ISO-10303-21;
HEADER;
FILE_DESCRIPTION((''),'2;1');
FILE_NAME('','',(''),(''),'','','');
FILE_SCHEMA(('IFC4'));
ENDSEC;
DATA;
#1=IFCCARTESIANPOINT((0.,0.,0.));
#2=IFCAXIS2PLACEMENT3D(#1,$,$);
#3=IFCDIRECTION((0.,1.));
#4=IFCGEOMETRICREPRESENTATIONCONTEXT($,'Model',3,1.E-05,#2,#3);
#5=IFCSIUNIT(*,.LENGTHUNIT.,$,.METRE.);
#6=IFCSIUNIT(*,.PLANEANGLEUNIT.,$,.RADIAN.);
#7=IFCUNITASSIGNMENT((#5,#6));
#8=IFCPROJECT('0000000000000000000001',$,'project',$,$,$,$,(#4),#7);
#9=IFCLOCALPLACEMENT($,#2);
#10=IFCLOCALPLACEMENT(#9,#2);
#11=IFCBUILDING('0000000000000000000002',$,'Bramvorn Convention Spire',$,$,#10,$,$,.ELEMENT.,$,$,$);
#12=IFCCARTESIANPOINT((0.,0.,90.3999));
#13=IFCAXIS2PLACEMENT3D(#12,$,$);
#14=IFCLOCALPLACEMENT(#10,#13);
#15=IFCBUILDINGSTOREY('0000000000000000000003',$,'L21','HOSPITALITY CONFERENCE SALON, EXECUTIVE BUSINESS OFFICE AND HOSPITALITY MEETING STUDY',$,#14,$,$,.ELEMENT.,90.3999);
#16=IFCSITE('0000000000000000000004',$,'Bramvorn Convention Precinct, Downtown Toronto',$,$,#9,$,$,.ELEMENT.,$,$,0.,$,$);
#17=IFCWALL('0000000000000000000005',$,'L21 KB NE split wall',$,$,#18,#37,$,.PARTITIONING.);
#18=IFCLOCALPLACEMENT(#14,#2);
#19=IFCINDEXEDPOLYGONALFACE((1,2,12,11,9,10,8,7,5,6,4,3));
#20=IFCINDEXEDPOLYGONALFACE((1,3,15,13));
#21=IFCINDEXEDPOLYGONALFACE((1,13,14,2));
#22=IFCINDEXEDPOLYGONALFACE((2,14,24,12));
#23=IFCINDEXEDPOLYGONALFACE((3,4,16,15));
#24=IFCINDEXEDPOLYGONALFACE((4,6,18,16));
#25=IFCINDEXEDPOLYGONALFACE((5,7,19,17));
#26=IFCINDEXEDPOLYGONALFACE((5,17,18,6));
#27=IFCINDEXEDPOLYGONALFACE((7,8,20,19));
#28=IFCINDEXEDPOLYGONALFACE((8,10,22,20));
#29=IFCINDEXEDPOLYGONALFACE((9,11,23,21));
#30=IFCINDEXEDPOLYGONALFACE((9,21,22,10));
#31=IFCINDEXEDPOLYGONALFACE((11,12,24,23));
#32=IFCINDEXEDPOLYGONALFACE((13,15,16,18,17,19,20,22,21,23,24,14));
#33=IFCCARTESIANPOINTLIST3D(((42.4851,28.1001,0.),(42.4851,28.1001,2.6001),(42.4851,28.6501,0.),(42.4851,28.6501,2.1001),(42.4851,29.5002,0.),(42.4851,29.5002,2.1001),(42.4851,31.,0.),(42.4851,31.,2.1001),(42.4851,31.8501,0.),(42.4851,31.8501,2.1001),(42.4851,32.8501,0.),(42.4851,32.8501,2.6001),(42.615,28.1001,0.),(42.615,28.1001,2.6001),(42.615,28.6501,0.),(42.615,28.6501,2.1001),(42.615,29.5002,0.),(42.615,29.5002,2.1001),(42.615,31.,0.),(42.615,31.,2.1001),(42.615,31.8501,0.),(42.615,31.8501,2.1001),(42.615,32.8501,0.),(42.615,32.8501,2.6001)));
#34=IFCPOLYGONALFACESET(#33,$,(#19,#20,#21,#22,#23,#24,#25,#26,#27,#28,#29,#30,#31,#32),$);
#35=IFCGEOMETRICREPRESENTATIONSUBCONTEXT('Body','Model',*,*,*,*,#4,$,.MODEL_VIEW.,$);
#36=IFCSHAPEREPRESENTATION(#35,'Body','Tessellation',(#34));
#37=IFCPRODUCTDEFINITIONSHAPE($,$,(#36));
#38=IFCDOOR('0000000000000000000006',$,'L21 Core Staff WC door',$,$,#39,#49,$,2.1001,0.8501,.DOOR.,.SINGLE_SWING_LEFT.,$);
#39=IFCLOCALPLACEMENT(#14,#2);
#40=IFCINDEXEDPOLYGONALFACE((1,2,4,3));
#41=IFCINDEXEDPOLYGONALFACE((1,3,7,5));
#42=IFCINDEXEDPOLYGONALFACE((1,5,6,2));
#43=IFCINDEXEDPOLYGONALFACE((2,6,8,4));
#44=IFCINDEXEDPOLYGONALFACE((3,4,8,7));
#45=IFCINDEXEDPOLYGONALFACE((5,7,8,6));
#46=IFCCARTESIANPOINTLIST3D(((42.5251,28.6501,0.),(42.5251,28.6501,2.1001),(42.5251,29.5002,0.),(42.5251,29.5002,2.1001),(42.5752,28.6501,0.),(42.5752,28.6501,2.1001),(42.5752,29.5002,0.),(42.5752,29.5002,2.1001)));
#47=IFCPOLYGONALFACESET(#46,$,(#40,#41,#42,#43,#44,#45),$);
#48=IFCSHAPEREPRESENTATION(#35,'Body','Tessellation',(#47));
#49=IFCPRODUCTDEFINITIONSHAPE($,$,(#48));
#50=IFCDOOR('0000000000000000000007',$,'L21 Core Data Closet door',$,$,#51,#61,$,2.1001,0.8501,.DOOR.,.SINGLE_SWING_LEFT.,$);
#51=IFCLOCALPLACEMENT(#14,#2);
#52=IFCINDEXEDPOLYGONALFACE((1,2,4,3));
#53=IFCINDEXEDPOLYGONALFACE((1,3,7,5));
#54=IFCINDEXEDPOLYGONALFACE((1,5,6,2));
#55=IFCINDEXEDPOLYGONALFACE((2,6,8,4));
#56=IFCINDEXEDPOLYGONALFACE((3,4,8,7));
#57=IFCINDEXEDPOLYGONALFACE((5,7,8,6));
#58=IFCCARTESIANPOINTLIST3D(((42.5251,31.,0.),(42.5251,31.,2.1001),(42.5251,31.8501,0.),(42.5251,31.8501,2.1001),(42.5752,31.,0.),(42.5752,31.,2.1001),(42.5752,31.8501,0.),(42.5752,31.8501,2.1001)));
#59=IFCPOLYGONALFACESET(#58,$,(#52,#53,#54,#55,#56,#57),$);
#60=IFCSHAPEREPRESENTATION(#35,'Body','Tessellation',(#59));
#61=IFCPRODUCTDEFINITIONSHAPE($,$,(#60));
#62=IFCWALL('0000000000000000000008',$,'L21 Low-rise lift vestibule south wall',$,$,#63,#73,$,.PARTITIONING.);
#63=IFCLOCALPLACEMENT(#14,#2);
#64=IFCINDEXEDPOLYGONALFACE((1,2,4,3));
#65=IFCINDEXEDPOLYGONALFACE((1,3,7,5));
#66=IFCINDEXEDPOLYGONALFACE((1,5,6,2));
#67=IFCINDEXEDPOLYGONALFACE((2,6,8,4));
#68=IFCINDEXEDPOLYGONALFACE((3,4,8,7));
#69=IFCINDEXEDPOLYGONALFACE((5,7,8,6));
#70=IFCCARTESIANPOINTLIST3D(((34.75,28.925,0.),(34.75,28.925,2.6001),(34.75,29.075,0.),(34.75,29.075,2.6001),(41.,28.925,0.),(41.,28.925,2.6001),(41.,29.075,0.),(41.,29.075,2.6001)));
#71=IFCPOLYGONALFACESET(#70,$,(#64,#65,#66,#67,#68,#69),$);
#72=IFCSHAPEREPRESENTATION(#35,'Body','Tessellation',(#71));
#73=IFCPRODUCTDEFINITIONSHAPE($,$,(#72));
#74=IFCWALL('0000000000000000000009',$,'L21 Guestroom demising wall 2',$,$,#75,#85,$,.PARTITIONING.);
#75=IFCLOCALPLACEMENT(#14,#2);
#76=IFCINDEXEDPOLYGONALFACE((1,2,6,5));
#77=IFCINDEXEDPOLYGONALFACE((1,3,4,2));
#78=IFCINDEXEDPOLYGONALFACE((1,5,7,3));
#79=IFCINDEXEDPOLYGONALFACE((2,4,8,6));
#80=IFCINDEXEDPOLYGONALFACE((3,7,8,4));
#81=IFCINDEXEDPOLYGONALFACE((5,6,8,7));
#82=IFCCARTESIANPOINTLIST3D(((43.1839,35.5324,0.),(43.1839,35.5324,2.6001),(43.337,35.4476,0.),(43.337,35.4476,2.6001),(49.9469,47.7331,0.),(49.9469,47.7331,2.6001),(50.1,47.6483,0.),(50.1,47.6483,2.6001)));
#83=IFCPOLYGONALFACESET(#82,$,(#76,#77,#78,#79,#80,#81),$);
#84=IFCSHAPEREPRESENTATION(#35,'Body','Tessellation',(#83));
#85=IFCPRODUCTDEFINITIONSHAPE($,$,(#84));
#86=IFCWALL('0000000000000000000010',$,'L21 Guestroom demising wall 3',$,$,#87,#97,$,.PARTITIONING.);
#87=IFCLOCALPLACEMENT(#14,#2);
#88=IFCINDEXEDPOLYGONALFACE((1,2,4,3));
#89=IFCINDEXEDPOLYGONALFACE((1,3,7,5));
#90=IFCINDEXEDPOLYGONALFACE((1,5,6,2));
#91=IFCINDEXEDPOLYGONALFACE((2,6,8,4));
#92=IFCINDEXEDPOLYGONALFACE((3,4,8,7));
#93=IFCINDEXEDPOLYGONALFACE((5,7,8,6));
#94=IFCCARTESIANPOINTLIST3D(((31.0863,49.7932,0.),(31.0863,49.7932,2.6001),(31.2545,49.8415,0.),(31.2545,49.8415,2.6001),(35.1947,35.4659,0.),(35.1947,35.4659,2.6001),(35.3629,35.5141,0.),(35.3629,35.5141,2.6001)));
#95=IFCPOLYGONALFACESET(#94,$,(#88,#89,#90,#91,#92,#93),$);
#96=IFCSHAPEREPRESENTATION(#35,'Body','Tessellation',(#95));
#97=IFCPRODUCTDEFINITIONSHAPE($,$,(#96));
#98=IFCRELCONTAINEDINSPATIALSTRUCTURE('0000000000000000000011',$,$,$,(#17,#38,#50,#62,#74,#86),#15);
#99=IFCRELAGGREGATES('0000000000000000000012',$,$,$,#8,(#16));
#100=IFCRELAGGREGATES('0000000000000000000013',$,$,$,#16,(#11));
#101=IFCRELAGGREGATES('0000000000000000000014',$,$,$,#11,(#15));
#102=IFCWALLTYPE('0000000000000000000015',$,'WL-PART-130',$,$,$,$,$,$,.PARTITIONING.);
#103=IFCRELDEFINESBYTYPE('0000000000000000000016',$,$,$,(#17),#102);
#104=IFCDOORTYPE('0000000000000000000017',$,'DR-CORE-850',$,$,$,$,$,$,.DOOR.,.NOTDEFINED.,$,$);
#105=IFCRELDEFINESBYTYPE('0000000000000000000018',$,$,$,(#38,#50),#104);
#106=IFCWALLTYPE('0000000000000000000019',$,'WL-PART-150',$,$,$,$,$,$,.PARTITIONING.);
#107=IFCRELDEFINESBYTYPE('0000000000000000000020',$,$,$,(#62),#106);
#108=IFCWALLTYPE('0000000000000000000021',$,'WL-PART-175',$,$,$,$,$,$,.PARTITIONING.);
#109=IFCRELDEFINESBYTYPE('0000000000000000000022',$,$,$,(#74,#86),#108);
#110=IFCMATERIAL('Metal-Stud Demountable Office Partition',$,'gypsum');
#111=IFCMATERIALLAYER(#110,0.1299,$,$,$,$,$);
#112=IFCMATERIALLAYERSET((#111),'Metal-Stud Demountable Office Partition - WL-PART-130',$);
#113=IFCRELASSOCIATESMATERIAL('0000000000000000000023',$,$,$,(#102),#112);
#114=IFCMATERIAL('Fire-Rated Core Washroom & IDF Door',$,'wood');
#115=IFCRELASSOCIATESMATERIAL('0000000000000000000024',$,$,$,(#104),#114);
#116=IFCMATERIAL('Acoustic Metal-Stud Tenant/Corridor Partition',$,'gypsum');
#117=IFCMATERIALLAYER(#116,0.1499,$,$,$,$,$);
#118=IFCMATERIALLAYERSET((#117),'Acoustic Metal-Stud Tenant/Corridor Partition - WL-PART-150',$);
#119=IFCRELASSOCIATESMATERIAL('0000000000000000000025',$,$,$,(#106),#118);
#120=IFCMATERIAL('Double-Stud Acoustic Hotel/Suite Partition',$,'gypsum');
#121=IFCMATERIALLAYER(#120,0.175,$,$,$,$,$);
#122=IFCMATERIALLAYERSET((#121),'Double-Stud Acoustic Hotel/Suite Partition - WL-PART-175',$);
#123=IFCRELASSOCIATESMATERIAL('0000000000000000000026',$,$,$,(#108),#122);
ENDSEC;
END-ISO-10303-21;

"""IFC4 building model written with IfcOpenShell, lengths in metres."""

from ifc_helpers import new_model, si_unit, direction, frame, frame_2d, origin, place, context, subcontext, project, spatial, rectangle, extrude, material, layer, layer_set, type_object, element, fill, save


model = new_model("IFC4")

# Units and contexts
model_context = context("Model", 3, precision=1e-05, world=origin(), true_north=direction((0.0, 1.0)))
body_context = subcontext(model_context, "Body", "Model", "MODEL_VIEW")
ifc_project = project(units=[si_unit("LENGTHUNIT", "METRE"), si_unit("PLANEANGLEUNIT", "RADIAN")], contexts=[model_context])

# Site, building, storey
site_placement = place(None, origin())
site = spatial("IfcSite", under=ifc_project, at=site_placement, Name="Bramvorn Convention Precinct, Downtown Toronto", CompositionType="ELEMENT", RefElevation=0.0)
building_placement = place(site_placement, origin())
building = spatial("IfcBuilding", under=site, at=building_placement, Name="Bramvorn Convention Spire", CompositionType="ELEMENT")
storey_placement = place(building_placement, frame((0.0, 0.0, 90.3999)))
storey = spatial("IfcBuildingStorey", under=building, at=storey_placement, Name="L21", Description="HOSPITALITY CONFERENCE SALON, EXECUTIVE BUSINESS OFFICE AND HOSPITALITY MEETING STUDY", CompositionType="ELEMENT", Elevation=90.3999)

# Wall, openings, doors
ifc_material_1 = material(Name="Metal-Stud Demountable Office Partition", Category="gypsum")
ifc_layer_1 = layer(ifc_material_1, 0.1299)
ifc_layer_set_1 = layer_set([ifc_layer_1], Name="Metal-Stud Demountable Office Partition - WL-PART-130")
wall_type_1 = type_object("IfcWallType", Name="WL-PART-130", PredefinedType="PARTITIONING", material=ifc_layer_set_1)
wall_1_placement = place(storey_placement, frame((42.55, 28.1001, 0.0), z_axis=(0.0, 0.0, 1.0), x_axis=(0.0, 1.0, 0.0)))
wall_1 = element("IfcWall", 1, at=wall_1_placement, inside=storey, type_object=wall_type_1, Name="L21 KB NE split wall", PredefinedType="PARTITIONING", context=body_context, shape_type="SweptSolid", body=[
    extrude(rectangle(XDim=4.75, YDim=0.1299, at=frame_2d((2.375, 0.0))), origin(), (0.0, 0.0, 1.0), 2.6001),
])
opening_1_placement = place(wall_1_placement, frame((0.55, 0.0, 0.0)))
opening_1 = element("IfcOpeningElement", 2, at=opening_1_placement, cuts=wall_1, PredefinedType="OPENING", context=body_context, shape_type="SweptSolid", body=[
    extrude(rectangle(XDim=0.8501, YDim=2.1001, at=frame_2d((0.425, 1.05))), frame((0.0, 0.075, 0.0), z_axis=(0.0, -1.0, 0.0), x_axis=(1.0, 0.0, 0.0)), (0.0, 0.0, 1.0), 0.1499),
])
opening_2_placement = place(wall_1_placement, frame((2.8999, 0.0, 0.0)))
opening_2 = element("IfcOpeningElement", 3, at=opening_2_placement, cuts=wall_1, PredefinedType="OPENING", context=body_context, shape_type="SweptSolid", body=[
    extrude(rectangle(XDim=0.8501, YDim=2.1001, at=frame_2d((0.425, 1.05))), frame((0.0, 0.075, 0.0), z_axis=(0.0, -1.0, 0.0), x_axis=(1.0, 0.0, 0.0)), (0.0, 0.0, 1.0), 0.1499),
])
ifc_material_2 = material(Name="Fire-Rated Core Washroom & IDF Door", Category="wood")
door_type_1 = type_object("IfcDoorType", Name="DR-CORE-850", OperationType="NOTDEFINED", PredefinedType="DOOR", material=ifc_material_2)
door_1_placement = place(opening_1_placement, origin())
door_1 = element("IfcDoor", 4, at=door_1_placement, inside=storey, type_object=door_type_1, Name="L21 Core Staff WC door", OperationType="SINGLE_SWING_LEFT", OverallHeight=2.1001, OverallWidth=0.8501, PredefinedType="DOOR", context=body_context, shape_type="SweptSolid", body=[
    extrude(rectangle(XDim=0.8501, YDim=2.1001, at=frame_2d((0.425, 1.05))), frame((0.0, 0.0249, 0.0), z_axis=(0.0, -1.0, 0.0), x_axis=(1.0, 0.0, 0.0)), (0.0, 0.0, 1.0), 0.05),
])
fill(opening_1, door_1)
door_2_placement = place(opening_2_placement, origin())
door_2 = element("IfcDoor", 5, at=door_2_placement, inside=storey, type_object=door_type_1, Name="L21 Core Data Closet door", OperationType="SINGLE_SWING_LEFT", OverallHeight=2.1001, OverallWidth=0.8501, PredefinedType="DOOR", context=body_context, shape_type="SweptSolid", body=[
    extrude(rectangle(XDim=0.8501, YDim=2.1001, at=frame_2d((0.425, 1.05))), frame((0.0, 0.0249, 0.0), z_axis=(0.0, -1.0, 0.0), x_axis=(1.0, 0.0, 0.0)), (0.0, 0.0, 1.0), 0.05),
])
fill(opening_2, door_2)

# Walls
ifc_material_3 = material(Name="Acoustic Metal-Stud Tenant/Corridor Partition", Category="gypsum")
ifc_layer_2 = layer(ifc_material_3, 0.1499)
ifc_layer_set_2 = layer_set([ifc_layer_2], Name="Acoustic Metal-Stud Tenant/Corridor Partition - WL-PART-150")
wall_type_2 = type_object("IfcWallType", Name="WL-PART-150", PredefinedType="PARTITIONING", material=ifc_layer_set_2)
wall_2_placement = place(storey_placement, frame((34.75, 29.0, 0.0), z_axis=(0.0, 0.0, 1.0), x_axis=(1.0, 0.0, 0.0)))
element("IfcWall", 6, at=wall_2_placement, inside=storey, type_object=wall_type_2, Name="L21 Low-rise lift vestibule south wall", PredefinedType="PARTITIONING", context=body_context, shape_type="SweptSolid", body=[
    extrude(rectangle(XDim=6.25, YDim=0.1499, at=frame_2d((3.125, 0.0))), origin(), (0.0, 0.0, 1.0), 2.6001),
])
ifc_material_4 = material(Name="Double-Stud Acoustic Hotel/Suite Partition", Category="gypsum")
ifc_layer_3 = layer(ifc_material_4, 0.175)
ifc_layer_set_3 = layer_set([ifc_layer_3], Name="Double-Stud Acoustic Hotel/Suite Partition - WL-PART-175")
wall_type_3 = type_object("IfcWallType", Name="WL-PART-175", PredefinedType="PARTITIONING", material=ifc_layer_set_3)
wall_3_placement = place(storey_placement, frame((43.2605, 35.49, 0.0), z_axis=(0.0, 0.0, 1.0), x_axis=(0.484809, 0.87462, 0.0)))
element("IfcWall", 7, at=wall_3_placement, inside=storey, type_object=wall_type_3, Name="L21 Guestroom demising wall 2", PredefinedType="PARTITIONING", context=body_context, shape_type="SweptSolid", body=[
    extrude(rectangle(XDim=13.9497, YDim=0.175, at=frame_2d((6.9749, 0.0))), origin(), (0.0, 0.0, 1.0), 2.6001),
])
wall_4_placement = place(storey_placement, frame((35.2788, 35.49, 0.0), z_axis=(0.0, 0.0, 1.0), x_axis=(-0.275643, 0.96126, 0.0)))
element("IfcWall", 8, at=wall_4_placement, inside=storey, type_object=wall_type_3, Name="L21 Guestroom demising wall 3", PredefinedType="PARTITIONING", context=body_context, shape_type="SweptSolid", body=[
    extrude(rectangle(XDim=14.9048, YDim=0.175, at=frame_2d((7.4524, 0.0))), origin(), (0.0, 0.0, 1.0), 2.6001),
])

save(model, "model.ifc")
